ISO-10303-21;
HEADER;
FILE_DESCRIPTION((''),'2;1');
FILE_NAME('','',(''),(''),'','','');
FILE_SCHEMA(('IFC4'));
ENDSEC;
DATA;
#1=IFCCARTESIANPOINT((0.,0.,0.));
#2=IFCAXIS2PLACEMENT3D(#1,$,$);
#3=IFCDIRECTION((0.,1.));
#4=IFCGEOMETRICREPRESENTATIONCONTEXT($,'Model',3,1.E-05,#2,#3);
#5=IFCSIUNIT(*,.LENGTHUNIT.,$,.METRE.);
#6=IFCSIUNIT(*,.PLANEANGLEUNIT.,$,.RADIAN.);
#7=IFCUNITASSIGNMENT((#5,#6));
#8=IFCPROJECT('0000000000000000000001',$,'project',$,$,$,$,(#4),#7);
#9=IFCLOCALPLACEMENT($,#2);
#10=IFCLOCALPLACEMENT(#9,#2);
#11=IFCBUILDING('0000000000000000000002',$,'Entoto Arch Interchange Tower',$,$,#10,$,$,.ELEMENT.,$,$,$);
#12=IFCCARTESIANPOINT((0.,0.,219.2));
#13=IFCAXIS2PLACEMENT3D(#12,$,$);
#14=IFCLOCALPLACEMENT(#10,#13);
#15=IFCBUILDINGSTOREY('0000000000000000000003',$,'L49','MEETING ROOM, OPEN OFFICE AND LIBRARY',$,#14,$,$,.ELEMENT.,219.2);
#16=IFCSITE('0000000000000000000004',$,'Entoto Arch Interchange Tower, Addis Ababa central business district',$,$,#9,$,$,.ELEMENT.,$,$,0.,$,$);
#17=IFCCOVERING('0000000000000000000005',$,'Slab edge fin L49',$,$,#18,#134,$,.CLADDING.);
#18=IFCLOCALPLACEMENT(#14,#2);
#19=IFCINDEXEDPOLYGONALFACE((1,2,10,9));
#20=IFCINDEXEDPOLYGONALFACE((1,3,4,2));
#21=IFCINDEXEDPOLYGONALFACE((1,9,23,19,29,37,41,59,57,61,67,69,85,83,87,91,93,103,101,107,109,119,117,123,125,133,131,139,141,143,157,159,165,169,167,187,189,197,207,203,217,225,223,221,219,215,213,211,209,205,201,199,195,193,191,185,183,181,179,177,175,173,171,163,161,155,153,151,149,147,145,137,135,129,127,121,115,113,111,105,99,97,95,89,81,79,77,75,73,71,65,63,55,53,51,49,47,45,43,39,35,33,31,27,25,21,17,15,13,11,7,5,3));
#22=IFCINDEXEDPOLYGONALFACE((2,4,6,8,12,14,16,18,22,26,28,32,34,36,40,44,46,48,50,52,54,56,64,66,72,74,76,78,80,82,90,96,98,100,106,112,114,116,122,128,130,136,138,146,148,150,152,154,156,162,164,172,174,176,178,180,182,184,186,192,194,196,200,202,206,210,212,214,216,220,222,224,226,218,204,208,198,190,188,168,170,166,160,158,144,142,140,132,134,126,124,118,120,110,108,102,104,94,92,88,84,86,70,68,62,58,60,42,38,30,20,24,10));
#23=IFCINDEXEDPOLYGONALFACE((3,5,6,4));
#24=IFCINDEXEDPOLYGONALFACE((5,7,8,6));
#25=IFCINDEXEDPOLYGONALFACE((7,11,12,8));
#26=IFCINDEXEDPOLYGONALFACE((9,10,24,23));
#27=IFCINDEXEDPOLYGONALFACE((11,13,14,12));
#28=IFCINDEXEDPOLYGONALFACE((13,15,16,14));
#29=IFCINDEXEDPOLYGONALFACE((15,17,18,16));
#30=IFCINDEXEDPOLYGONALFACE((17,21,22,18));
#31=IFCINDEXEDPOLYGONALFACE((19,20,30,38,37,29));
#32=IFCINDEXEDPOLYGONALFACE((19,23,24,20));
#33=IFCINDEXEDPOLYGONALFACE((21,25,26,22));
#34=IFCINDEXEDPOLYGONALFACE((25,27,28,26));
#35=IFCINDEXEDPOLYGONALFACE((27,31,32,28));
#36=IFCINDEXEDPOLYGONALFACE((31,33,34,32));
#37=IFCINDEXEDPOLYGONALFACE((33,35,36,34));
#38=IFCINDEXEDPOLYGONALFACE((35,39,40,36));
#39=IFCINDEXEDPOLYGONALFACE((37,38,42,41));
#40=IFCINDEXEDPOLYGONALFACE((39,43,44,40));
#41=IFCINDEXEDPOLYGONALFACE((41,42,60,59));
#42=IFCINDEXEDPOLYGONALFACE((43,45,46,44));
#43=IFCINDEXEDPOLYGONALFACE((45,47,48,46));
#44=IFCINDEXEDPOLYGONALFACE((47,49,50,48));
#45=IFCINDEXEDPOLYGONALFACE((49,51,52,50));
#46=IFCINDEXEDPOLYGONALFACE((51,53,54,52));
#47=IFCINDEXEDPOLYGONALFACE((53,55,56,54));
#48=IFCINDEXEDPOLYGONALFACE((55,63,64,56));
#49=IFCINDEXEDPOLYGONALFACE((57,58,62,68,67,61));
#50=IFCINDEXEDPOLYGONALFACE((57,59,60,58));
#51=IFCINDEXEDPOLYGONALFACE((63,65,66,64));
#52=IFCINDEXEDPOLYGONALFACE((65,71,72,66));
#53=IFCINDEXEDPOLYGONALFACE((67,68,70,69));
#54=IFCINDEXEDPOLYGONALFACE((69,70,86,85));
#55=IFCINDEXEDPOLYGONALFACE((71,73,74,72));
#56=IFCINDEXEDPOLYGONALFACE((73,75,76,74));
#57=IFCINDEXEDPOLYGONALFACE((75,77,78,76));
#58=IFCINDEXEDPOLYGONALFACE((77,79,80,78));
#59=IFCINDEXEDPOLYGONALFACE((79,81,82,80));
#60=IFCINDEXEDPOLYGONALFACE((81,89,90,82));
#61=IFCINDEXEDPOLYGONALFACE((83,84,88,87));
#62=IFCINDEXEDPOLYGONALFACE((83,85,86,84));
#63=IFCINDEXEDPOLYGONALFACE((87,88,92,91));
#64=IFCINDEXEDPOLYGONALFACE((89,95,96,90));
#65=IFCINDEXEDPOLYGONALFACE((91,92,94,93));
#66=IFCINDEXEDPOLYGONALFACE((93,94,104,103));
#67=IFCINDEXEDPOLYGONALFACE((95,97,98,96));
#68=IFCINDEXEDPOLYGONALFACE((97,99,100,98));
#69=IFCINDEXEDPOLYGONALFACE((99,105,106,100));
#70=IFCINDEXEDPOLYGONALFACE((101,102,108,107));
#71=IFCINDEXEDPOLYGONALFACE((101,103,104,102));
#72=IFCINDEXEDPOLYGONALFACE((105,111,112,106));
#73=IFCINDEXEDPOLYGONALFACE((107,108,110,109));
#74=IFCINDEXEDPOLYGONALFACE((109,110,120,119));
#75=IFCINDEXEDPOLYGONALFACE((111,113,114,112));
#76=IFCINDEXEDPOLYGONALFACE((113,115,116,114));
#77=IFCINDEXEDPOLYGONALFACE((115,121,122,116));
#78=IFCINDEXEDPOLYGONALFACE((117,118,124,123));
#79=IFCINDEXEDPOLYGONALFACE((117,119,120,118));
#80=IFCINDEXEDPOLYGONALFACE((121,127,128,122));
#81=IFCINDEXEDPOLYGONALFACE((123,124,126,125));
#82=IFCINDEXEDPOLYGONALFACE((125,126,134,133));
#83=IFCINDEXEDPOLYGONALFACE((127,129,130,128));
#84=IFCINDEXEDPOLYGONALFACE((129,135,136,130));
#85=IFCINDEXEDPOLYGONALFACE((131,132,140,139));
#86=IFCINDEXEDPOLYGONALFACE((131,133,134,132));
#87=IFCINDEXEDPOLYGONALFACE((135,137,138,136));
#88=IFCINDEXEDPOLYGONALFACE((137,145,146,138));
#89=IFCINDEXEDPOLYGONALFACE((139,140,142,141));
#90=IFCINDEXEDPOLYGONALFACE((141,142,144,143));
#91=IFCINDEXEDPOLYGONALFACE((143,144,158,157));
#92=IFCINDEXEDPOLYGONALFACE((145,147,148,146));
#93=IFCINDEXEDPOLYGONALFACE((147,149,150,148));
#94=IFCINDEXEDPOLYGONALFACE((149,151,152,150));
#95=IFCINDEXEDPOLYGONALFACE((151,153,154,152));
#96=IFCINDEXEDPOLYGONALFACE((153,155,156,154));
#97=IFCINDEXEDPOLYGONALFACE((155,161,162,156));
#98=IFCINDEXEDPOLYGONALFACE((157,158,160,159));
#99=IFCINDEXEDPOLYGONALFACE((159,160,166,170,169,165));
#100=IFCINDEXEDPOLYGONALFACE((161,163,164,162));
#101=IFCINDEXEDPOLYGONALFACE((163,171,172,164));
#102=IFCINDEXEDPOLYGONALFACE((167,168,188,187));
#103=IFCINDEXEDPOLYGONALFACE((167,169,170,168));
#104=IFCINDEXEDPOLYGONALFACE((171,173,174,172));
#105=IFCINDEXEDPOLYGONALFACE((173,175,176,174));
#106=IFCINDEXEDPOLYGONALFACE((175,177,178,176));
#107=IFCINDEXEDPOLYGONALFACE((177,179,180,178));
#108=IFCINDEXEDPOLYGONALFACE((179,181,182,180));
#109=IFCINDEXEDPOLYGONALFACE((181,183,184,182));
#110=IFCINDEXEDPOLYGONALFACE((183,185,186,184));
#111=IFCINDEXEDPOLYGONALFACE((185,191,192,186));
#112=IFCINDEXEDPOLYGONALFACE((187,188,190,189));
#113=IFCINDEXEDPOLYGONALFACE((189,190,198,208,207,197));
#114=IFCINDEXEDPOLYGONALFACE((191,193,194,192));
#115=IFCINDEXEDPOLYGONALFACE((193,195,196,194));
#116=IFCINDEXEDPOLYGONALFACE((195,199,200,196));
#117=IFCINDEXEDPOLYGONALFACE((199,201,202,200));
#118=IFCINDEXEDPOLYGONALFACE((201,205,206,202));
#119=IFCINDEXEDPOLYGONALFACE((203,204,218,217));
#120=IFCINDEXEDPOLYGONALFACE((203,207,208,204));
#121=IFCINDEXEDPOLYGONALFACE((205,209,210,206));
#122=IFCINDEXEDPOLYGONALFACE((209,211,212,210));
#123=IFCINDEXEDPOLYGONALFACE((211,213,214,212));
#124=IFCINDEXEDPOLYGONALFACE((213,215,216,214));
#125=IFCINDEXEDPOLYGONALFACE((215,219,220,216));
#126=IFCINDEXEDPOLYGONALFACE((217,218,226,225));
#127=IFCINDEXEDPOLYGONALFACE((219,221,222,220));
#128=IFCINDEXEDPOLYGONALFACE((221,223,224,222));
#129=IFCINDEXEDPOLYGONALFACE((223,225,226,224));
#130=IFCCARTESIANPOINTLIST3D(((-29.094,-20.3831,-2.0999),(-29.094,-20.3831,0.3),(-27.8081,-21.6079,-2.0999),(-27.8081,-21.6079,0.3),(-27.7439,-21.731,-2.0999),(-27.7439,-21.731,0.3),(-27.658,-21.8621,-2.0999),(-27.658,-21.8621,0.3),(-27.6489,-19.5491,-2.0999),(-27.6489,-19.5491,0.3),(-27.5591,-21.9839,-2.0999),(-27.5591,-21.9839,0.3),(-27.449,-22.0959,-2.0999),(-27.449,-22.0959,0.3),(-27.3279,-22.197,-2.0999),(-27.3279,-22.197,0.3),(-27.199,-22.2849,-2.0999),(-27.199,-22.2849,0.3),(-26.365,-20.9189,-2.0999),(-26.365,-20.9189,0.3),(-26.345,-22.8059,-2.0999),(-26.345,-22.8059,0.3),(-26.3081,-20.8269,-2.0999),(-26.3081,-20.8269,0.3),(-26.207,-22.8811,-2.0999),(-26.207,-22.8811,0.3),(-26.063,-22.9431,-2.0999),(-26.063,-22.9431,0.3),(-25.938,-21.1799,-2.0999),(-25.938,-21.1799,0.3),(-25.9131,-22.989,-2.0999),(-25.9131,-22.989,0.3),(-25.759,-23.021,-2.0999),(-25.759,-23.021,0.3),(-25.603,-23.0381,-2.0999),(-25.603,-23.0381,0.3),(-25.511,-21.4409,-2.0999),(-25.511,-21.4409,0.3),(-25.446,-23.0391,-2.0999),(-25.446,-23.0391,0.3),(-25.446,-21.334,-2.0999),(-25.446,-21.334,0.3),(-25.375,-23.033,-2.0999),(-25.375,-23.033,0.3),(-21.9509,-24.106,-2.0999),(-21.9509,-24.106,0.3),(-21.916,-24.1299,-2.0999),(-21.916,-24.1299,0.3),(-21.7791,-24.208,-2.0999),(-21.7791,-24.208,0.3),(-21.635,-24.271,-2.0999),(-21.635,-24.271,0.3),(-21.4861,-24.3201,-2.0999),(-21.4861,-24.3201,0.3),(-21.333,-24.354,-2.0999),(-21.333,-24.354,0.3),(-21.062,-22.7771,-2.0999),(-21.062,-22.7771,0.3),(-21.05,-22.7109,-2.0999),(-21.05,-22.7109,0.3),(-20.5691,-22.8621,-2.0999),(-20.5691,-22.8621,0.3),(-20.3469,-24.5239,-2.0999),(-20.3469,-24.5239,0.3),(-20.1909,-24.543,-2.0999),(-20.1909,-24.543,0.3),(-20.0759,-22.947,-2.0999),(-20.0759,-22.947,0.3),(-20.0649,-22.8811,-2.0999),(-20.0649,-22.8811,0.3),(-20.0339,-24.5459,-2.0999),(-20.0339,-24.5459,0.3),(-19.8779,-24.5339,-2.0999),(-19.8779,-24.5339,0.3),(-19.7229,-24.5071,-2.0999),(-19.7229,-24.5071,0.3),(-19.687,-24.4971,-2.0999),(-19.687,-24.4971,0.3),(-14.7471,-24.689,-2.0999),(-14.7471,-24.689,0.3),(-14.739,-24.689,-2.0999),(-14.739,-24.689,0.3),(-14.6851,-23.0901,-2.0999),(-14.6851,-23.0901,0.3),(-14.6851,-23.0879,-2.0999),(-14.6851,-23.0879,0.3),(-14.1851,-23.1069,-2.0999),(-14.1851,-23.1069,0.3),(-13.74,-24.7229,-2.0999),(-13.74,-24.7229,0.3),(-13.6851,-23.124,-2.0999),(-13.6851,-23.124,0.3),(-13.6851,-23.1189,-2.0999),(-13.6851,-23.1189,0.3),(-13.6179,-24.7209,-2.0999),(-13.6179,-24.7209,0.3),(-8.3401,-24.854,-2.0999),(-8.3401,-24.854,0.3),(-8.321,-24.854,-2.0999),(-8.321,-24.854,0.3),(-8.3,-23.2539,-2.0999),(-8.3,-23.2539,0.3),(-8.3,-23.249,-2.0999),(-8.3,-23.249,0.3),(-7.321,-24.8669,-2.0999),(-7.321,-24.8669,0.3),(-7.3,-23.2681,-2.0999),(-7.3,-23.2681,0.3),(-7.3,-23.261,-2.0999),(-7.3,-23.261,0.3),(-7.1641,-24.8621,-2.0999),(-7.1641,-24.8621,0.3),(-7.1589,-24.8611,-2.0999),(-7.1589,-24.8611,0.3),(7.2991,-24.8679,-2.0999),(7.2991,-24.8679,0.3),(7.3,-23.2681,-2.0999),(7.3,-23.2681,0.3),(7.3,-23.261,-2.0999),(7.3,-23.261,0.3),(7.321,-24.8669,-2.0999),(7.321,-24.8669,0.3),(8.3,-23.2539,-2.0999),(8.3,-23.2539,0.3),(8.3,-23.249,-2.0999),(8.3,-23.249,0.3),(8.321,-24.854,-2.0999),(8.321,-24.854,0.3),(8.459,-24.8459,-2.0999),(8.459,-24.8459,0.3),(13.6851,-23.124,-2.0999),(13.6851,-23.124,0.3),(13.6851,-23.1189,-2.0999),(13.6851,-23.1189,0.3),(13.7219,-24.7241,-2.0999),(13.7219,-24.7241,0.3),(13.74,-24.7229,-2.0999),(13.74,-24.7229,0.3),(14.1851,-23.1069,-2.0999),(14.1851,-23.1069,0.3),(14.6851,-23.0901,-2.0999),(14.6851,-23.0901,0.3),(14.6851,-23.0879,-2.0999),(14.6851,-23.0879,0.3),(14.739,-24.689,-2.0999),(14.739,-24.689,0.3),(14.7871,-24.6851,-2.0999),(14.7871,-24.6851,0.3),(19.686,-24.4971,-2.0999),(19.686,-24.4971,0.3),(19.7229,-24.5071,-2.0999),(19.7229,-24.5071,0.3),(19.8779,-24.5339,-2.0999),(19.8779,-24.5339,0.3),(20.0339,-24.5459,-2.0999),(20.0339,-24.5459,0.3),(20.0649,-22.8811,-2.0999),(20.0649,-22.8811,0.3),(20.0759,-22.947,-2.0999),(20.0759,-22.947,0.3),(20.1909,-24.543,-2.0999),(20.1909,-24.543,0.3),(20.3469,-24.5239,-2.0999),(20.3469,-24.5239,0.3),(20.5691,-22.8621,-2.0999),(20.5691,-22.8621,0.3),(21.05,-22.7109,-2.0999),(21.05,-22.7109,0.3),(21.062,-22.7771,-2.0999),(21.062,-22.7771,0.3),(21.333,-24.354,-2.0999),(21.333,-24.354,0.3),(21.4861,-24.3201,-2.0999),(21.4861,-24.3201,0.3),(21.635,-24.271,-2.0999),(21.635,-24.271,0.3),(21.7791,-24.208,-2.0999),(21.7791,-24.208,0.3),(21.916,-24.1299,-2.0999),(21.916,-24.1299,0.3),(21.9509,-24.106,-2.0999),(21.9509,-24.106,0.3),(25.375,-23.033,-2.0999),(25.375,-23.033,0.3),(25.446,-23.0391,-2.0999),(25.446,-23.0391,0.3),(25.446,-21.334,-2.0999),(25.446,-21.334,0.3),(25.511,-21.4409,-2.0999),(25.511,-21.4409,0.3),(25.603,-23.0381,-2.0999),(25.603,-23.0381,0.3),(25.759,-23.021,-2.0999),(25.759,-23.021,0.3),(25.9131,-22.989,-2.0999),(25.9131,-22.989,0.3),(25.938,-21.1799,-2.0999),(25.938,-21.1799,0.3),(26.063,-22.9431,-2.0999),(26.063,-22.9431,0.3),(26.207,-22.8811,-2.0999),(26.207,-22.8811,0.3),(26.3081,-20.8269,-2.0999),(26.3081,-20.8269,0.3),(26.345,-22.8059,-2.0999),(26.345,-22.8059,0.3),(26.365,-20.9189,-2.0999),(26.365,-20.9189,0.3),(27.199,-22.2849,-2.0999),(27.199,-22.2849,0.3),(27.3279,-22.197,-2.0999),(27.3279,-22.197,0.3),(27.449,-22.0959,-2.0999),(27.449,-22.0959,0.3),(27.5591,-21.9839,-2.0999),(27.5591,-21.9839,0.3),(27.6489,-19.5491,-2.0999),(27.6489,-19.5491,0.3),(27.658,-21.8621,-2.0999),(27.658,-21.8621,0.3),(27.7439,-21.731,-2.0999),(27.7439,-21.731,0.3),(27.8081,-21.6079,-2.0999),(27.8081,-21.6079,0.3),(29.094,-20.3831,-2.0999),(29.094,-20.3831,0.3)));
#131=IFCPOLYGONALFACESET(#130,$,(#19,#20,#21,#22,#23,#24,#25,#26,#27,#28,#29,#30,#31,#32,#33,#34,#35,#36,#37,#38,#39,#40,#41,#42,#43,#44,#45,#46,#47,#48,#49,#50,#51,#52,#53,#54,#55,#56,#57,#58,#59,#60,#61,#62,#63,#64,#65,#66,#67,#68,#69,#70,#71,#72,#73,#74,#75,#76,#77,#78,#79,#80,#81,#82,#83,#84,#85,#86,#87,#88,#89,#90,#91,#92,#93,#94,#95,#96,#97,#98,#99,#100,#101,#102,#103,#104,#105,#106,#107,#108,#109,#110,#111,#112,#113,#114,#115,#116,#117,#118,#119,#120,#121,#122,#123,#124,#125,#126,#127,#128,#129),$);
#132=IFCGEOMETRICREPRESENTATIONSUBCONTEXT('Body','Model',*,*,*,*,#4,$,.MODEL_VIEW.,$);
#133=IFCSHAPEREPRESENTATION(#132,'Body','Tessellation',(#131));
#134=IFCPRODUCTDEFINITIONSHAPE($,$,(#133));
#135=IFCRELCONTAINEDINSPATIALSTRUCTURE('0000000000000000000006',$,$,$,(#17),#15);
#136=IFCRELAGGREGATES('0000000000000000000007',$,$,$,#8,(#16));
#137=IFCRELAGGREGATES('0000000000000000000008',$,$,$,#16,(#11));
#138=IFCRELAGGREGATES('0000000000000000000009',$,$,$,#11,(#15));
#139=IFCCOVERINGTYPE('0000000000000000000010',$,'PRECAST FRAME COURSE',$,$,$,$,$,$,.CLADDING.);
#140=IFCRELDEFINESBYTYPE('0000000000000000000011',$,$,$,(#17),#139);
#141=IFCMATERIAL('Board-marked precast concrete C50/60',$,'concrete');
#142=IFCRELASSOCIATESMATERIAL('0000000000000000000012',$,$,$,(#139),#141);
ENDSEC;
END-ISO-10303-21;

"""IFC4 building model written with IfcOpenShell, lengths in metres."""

from ifc_helpers import new_model, si_unit, direction, frame, origin, place, context, subcontext, project, spatial, polyline, outline, extrude, material, type_object, element, save


model = new_model("IFC4")

# Units and contexts
model_context = context("Model", 3, precision=1e-05, world=origin(), true_north=direction((0.0, 1.0)))
body_context = subcontext(model_context, "Body", "Model", "MODEL_VIEW")
ifc_project = project(units=[si_unit("LENGTHUNIT", "METRE"), si_unit("PLANEANGLEUNIT", "RADIAN")], contexts=[model_context])

# Site, building, storey
site_placement = place(None, origin())
site = spatial("IfcSite", under=ifc_project, at=site_placement, Name="Entoto Arch Interchange Tower, Addis Ababa central business district", CompositionType="ELEMENT", RefElevation=0.0)
building_placement = place(site_placement, origin())
building = spatial("IfcBuilding", under=site, at=building_placement, Name="Entoto Arch Interchange Tower", CompositionType="ELEMENT")
storey_placement = place(building_placement, frame((0.0, 0.0, 219.2)))
storey = spatial("IfcBuildingStorey", under=building, at=storey_placement, Name="L49", Description="MEETING ROOM, OPEN OFFICE AND LIBRARY", CompositionType="ELEMENT", Elevation=219.2)

# Covering
ifc_material_1 = material(Name="Board-marked precast concrete C50/60", Category="concrete")
covering_type = type_object("IfcCoveringType", Name="PRECAST FRAME COURSE", PredefinedType="CLADDING", material=ifc_material_1)
covering_1_placement = place(storey_placement, frame((0.0, 0.0, -2.0999)))
element("IfcCovering", 1, at=covering_1_placement, inside=storey, type_object=covering_type, Name="Slab edge fin L49", PredefinedType="CLADDING", context=body_context, shape_type="SweptSolid", body=[
    extrude(outline(polyline([(27.5591, -21.9839), (27.449, -22.0959), (27.3279, -22.197), (27.199, -22.2849), (26.345, -22.8059), (26.207, -22.8811), (26.063, -22.9431), (25.9131, -22.989), (25.759, -23.021), (25.603, -23.0381), (25.446, -23.0391), (25.375, -23.033), (21.9509, -24.106), (21.916, -24.1299), (21.7791, -24.208), (21.635, -24.271), (21.4861, -24.3201), (21.333, -24.354), (20.3469, -24.5239), (20.1909, -24.543), (20.0339, -24.5459), (19.8779, -24.5339), (19.7229, -24.5071), (19.686, -24.4971), (14.7871, -24.6851), (14.739, -24.689), (13.74, -24.7229), (13.7219, -24.7241), (8.459, -24.8459), (8.321, -24.854), (7.321, -24.8669), (7.2991, -24.8679), (-7.1589, -24.8611), (-7.1641, -24.8621), (-7.321, -24.8669), (-8.321, -24.854), (-8.3401, -24.854), (-13.6179, -24.7209), (-13.74, -24.7229), (-14.739, -24.689), (-14.7471, -24.689), (-19.687, -24.4971), (-19.7229, -24.5071), (-19.8779, -24.5339), (-20.0339, -24.5459), (-20.1909, -24.543), (-20.3469, -24.5239), (-21.333, -24.354), (-21.4861, -24.3201), (-21.635, -24.271), (-21.7791, -24.208), (-21.916, -24.1299), (-21.9509, -24.106), (-25.375, -23.033), (-25.446, -23.0391), (-25.603, -23.0381), (-25.759, -23.021), (-25.9131, -22.989), (-26.063, -22.9431), (-26.207, -22.8811), (-26.345, -22.8059), (-27.199, -22.2849), (-27.3279, -22.197), (-27.449, -22.0959), (-27.5591, -21.9839), (-27.658, -21.8621), (-27.7439, -21.731), (-27.8081, -21.6079), (-29.094, -20.3831), (-27.6489, -19.5491), (-26.3081, -20.8269), (-26.365, -20.9189), (-25.938, -21.1799), (-25.511, -21.4409), (-25.446, -21.334), (-21.05, -22.7109), (-21.062, -22.7771), (-20.5691, -22.8621), (-20.0759, -22.947), (-20.0649, -22.8811), (-14.6851, -23.0879), (-14.6851, -23.0901), (-14.1851, -23.1069), (-13.6851, -23.124), (-13.6851, -23.1189), (-8.3, -23.249), (-8.3, -23.2539), (-7.3, -23.2681), (-7.3, -23.261), (7.3, -23.261), (7.3, -23.2681), (8.3, -23.2539), (8.3, -23.249), (13.6851, -23.1189), (13.6851, -23.124), (14.1851, -23.1069), (14.6851, -23.0901), (14.6851, -23.0879), (20.0649, -22.8811), (20.0759, -22.947), (20.5691, -22.8621), (21.062, -22.7771), (21.05, -22.7109), (25.446, -21.334), (25.511, -21.4409), (25.938, -21.1799), (26.365, -20.9189), (26.3081, -20.8269), (27.6489, -19.5491), (29.094, -20.3831), (27.8081, -21.6079), (27.7439, -21.731), (27.658, -21.8621), (27.5591, -21.9839)])), origin(), (0.0, 0.0, 1.0), 2.3999),
])

save(model, "model.ifc")
